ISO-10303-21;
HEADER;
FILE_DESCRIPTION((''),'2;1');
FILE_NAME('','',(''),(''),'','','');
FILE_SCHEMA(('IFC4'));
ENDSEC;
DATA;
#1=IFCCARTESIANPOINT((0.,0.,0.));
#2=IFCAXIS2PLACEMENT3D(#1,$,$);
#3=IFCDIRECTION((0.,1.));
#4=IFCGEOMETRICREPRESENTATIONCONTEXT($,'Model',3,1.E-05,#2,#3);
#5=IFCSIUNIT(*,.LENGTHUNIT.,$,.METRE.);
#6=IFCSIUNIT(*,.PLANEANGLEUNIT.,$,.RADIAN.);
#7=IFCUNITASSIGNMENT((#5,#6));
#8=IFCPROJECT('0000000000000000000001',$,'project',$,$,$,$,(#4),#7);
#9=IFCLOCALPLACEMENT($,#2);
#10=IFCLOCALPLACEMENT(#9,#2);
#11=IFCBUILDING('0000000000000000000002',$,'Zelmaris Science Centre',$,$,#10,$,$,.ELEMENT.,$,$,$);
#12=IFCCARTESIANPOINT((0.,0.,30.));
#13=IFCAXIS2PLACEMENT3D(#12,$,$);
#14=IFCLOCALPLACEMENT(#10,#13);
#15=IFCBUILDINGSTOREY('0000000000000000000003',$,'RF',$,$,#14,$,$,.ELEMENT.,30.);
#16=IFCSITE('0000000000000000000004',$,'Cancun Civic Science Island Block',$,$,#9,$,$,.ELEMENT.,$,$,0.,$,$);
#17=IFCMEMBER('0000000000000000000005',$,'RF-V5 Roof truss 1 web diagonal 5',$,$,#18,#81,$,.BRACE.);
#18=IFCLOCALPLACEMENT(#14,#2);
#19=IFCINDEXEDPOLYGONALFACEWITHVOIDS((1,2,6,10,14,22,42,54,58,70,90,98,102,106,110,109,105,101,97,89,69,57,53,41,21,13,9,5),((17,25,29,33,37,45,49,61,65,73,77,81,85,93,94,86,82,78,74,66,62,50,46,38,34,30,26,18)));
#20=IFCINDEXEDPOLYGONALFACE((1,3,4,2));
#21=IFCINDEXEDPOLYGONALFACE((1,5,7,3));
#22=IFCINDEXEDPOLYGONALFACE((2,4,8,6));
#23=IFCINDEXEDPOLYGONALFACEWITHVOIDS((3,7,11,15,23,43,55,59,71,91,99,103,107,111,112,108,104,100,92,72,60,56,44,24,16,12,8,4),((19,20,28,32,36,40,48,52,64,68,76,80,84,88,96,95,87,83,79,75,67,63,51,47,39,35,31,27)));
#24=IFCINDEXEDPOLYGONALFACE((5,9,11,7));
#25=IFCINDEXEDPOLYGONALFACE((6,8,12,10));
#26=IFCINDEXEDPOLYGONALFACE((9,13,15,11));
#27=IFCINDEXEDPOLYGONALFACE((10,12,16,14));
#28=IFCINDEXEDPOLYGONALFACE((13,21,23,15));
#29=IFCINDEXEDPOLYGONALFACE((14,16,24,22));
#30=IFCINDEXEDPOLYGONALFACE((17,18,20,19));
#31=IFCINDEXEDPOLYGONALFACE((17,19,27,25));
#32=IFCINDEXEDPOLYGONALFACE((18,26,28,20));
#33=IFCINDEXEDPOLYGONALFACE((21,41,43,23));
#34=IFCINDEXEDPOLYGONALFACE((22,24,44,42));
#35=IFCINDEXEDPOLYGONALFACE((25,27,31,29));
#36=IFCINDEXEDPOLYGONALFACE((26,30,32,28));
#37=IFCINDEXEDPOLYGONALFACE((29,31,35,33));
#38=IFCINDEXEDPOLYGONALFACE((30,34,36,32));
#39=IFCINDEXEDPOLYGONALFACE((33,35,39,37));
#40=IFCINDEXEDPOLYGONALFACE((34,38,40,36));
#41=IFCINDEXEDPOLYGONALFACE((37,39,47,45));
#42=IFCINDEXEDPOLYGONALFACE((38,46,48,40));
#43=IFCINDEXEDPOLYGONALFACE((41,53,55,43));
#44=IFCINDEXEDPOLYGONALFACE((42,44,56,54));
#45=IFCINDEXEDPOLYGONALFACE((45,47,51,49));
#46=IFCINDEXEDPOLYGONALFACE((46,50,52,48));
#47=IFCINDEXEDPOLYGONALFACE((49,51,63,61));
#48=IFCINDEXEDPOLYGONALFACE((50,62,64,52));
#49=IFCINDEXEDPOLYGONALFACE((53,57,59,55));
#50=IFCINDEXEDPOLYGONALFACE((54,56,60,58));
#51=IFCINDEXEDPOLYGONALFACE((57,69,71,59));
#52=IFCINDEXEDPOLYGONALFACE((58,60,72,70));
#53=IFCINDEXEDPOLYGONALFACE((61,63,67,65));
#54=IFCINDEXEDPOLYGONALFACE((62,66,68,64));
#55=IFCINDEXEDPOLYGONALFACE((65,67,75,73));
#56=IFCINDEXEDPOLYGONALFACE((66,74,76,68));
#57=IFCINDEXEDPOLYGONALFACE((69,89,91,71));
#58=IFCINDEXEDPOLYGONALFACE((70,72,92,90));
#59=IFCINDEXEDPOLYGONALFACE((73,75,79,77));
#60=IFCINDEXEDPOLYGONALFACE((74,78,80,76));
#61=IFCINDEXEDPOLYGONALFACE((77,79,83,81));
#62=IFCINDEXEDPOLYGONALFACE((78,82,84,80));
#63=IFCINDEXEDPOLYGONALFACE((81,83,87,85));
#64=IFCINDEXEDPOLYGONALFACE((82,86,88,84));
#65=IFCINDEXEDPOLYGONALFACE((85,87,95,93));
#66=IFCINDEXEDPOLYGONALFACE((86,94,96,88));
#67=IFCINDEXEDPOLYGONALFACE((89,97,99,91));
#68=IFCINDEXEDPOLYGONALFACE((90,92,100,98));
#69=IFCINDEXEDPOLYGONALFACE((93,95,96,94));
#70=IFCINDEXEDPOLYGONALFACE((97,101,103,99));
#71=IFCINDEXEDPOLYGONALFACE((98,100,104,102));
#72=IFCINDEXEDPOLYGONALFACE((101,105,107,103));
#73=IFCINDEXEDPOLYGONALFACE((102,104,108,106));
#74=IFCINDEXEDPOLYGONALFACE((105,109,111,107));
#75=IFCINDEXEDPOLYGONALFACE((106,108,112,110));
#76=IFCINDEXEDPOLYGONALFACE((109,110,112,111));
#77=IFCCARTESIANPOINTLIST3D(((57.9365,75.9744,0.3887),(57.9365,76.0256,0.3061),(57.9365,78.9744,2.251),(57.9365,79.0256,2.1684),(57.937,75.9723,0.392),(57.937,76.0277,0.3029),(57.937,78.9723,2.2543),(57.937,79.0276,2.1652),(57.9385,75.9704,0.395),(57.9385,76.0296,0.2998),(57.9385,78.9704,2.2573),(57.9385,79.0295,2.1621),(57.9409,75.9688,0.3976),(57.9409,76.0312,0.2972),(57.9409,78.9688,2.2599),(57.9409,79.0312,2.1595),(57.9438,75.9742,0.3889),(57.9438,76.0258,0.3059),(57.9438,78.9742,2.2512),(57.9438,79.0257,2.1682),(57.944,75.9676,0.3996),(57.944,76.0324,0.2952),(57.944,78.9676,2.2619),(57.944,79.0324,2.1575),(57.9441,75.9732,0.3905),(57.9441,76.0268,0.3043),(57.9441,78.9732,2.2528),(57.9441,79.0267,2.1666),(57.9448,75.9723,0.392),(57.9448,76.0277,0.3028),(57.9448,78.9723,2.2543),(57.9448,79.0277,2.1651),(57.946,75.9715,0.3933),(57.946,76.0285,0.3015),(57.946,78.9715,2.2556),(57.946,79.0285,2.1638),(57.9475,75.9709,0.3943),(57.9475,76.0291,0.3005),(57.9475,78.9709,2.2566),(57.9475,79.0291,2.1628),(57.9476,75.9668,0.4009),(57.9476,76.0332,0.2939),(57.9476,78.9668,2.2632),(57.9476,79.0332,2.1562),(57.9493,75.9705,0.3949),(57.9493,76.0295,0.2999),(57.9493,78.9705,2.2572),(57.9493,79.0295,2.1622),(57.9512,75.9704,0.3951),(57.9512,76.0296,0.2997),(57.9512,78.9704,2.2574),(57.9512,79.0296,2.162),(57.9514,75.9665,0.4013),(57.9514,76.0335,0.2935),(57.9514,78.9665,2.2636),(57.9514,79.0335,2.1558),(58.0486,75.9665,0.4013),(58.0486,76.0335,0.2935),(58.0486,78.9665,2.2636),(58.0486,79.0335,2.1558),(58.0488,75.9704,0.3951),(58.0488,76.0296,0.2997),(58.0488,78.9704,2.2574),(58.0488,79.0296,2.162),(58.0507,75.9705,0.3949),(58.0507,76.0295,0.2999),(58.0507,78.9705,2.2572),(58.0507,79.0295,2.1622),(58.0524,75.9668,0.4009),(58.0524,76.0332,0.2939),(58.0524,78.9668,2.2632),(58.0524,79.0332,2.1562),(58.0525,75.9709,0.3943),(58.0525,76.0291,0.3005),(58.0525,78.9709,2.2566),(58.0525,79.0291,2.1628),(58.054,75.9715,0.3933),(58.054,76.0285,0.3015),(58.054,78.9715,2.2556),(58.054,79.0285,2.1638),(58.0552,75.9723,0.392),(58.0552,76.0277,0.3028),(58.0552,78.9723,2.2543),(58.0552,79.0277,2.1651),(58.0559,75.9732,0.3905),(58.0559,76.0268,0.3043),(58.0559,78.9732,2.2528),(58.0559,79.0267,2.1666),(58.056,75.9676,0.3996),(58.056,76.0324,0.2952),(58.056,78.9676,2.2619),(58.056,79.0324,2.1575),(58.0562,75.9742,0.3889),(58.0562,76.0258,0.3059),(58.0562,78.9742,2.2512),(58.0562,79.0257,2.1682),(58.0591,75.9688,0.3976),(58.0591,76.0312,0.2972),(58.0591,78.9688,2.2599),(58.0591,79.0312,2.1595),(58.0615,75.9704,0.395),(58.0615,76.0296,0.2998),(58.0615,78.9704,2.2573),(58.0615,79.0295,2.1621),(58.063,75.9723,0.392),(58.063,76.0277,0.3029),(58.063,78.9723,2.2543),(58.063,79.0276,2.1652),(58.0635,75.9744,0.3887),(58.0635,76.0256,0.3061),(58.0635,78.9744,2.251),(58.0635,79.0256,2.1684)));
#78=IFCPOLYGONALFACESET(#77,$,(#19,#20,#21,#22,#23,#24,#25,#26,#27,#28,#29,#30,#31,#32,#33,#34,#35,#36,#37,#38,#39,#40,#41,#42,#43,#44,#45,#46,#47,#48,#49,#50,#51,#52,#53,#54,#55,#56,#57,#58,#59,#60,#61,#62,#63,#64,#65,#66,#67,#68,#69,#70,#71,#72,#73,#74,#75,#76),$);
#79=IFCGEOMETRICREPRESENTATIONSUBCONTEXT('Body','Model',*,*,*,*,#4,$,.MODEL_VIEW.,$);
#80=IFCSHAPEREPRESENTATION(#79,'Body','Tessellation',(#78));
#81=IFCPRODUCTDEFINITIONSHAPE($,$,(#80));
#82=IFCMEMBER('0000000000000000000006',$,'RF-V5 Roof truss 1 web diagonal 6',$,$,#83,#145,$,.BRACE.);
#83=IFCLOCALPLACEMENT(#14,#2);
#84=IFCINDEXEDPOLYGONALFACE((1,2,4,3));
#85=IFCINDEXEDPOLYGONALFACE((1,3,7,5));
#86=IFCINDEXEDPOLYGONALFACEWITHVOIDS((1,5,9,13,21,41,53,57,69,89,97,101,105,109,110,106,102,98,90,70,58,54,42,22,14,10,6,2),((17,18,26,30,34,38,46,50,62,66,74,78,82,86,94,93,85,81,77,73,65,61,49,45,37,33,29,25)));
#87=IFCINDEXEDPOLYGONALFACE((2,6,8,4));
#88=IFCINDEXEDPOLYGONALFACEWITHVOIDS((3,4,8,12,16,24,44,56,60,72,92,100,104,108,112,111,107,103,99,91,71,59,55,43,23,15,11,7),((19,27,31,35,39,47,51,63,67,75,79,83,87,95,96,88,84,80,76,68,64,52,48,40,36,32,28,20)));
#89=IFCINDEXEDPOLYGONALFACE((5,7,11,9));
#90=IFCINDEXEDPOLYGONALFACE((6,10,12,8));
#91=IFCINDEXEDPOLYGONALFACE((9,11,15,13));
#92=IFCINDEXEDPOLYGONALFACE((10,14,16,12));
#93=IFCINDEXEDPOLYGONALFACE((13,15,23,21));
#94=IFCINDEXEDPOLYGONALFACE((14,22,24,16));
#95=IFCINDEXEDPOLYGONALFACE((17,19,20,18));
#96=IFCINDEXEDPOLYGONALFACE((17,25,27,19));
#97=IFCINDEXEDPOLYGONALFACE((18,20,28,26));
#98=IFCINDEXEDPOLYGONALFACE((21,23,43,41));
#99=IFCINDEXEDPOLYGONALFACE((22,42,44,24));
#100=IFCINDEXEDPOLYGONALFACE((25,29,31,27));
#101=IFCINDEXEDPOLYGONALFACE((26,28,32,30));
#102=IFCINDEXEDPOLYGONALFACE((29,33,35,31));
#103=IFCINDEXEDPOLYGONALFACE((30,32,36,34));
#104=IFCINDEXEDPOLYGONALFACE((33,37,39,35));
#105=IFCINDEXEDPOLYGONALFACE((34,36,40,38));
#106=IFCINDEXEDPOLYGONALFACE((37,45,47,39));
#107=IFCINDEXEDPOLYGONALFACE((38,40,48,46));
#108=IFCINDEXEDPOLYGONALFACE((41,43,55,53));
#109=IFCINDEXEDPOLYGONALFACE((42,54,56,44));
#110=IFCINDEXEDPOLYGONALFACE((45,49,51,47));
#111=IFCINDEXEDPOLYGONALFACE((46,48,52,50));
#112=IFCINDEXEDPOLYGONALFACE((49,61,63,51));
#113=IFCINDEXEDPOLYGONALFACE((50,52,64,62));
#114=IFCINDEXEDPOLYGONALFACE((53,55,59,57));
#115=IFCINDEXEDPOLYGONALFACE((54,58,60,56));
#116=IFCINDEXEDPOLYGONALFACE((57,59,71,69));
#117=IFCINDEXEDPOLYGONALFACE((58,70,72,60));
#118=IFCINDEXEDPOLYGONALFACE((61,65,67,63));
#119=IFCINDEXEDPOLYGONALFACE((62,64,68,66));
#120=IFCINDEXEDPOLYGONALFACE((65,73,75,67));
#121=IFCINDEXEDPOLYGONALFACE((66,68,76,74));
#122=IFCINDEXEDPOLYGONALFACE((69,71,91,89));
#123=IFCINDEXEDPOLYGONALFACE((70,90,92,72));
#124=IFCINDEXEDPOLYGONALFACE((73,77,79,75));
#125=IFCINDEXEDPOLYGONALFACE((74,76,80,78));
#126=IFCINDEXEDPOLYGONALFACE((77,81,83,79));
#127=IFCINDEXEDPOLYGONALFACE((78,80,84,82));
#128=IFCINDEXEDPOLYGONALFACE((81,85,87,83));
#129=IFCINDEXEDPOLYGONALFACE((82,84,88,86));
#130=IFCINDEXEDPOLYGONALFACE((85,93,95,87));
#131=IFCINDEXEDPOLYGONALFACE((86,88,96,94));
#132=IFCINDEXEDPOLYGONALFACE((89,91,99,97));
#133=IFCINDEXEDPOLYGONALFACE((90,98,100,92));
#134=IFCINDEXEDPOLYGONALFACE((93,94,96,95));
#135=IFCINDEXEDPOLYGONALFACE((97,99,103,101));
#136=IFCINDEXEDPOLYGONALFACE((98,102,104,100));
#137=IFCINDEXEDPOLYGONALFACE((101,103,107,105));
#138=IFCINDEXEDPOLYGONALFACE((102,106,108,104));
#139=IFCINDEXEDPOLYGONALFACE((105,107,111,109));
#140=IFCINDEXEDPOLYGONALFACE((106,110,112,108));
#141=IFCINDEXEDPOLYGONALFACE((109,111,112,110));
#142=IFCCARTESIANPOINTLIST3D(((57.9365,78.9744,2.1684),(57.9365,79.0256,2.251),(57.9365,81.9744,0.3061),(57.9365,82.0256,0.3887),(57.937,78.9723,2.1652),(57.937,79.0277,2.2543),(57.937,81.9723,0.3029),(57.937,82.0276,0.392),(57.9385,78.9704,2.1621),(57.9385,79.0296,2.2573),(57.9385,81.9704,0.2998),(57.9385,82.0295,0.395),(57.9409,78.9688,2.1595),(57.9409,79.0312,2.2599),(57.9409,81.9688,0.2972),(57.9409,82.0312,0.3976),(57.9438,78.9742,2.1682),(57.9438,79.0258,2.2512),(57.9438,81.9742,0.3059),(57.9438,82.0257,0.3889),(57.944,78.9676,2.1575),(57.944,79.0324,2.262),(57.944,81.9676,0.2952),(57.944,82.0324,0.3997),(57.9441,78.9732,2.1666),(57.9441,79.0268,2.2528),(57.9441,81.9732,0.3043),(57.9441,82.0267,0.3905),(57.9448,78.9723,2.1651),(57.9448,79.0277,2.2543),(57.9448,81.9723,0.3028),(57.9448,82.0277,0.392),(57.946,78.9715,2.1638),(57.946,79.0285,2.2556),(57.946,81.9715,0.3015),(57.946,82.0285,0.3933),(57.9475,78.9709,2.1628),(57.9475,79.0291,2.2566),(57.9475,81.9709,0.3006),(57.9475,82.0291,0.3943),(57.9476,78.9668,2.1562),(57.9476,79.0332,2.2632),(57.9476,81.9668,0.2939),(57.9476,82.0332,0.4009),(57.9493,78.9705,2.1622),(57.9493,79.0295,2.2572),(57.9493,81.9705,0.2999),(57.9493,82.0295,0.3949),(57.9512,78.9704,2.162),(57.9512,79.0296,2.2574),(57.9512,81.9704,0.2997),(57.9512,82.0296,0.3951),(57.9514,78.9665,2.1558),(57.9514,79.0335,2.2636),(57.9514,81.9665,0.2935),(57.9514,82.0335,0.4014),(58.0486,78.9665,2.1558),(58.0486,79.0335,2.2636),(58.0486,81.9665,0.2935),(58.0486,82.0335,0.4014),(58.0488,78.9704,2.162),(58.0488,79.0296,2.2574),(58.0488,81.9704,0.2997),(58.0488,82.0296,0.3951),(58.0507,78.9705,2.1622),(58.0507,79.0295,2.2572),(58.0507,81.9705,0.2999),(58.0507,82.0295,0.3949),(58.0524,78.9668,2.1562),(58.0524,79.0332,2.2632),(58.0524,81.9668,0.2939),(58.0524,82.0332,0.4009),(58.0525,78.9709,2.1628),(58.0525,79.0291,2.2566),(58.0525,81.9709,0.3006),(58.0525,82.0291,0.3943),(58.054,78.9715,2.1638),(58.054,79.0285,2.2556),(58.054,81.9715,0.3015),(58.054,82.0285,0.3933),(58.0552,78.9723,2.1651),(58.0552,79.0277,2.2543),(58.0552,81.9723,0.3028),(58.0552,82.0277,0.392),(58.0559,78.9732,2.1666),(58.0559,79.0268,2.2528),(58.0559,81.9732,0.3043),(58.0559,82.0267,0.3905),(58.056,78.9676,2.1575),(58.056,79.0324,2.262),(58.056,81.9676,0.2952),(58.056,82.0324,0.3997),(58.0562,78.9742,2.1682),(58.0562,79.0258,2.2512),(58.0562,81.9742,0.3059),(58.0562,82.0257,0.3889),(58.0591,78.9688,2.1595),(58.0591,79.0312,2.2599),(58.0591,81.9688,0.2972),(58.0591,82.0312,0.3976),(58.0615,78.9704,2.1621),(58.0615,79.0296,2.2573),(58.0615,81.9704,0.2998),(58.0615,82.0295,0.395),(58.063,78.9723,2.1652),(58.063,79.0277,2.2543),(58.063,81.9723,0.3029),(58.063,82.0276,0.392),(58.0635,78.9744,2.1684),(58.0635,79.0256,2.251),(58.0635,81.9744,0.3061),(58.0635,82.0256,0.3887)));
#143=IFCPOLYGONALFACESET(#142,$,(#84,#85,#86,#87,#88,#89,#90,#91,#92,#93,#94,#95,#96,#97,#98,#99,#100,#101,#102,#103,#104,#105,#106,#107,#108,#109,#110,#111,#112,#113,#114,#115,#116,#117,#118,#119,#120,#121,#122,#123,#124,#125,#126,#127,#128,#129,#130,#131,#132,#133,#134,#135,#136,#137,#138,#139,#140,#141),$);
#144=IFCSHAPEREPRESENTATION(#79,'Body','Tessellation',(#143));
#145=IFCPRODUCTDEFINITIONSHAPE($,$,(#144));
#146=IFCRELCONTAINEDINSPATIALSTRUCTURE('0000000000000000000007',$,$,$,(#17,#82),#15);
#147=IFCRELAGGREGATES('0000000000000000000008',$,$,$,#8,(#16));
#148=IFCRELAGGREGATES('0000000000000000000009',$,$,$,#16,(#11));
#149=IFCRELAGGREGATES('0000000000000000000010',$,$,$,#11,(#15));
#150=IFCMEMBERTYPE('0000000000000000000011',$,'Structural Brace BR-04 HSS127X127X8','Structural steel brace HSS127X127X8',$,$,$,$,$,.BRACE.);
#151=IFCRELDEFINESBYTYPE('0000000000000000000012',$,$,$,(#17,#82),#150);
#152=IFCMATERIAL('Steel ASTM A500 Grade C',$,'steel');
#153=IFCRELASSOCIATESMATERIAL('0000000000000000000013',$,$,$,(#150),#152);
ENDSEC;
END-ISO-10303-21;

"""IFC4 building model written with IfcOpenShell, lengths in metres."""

from ifc_helpers import new_model, si_unit, direction, frame, origin, origin_2d, place, context, subcontext, project, spatial, hollow_rectangle, extrude, material, material_profile, profile_set, type_object, element, save


model = new_model("IFC4")

# Units and contexts
model_context = context("Model", 3, precision=1e-05, world=origin(), true_north=direction((0.0, 1.0)))
body_context = subcontext(model_context, "Body", "Model", "MODEL_VIEW")
ifc_project = project(units=[si_unit("LENGTHUNIT", "METRE"), si_unit("PLANEANGLEUNIT", "RADIAN")], contexts=[model_context])

# Site, building, storey
site_placement = place(None, origin())
site = spatial("IfcSite", under=ifc_project, at=site_placement, Name="Cancun Civic Science Island Block", CompositionType="ELEMENT", RefElevation=0.0)
building_placement = place(site_placement, origin())
building = spatial("IfcBuilding", under=site, at=building_placement, Name="Zelmaris Science Centre", CompositionType="ELEMENT")
storey_placement = place(building_placement, frame((0.0, 0.0, 30.0)))
storey = spatial("IfcBuildingStorey", under=building, at=storey_placement, Name="RF", CompositionType="ELEMENT", Elevation=30.0)

# Shared definitions
ifc_material = material(Name="Steel ASTM A500 Grade C", Category="steel")

# Members
ifc_material_profile_1 = material_profile(ifc_material, hollow_rectangle(XDim=0.127, YDim=0.127, WallThickness=0.0073, InnerFilletRadius=0.0073, OuterFilletRadius=0.0149, at=origin_2d()), Name="HSS127X127X8")
ifc_profile_set_1 = profile_set([ifc_material_profile_1], Name="Steel ASTM A500 Grade C")
member_type_1 = type_object("IfcMemberType", Name="Structural Brace BR-04 HSS127X127X8", Description="Structural steel brace HSS127X127X8", PredefinedType="BRACE", material=ifc_profile_set_1)
for number, where, z_axis, x_axis, name in (
    (1, (58.0, 76.0, 0.3474), (0.0, 0.84961, 0.527411), (-1.0, 0.0, 0.0), "RF-V5 Roof truss 1 web diagonal 5"),
    (2, (58.0, 79.0, 2.2097), (0.0, 0.84961, -0.527411), (-1.0, 0.0, 0.0), "RF-V5 Roof truss 1 web diagonal 6"),
):
    element("IfcMember", number, at=place(storey_placement, frame(where, z_axis=z_axis, x_axis=x_axis)), inside=storey, type_object=member_type_1, Name=name, PredefinedType="BRACE", context=body_context, shape_type="SweptSolid", body=[
        extrude(hollow_rectangle(XDim=0.127, YDim=0.127, WallThickness=0.0073, InnerFilletRadius=0.0073, OuterFilletRadius=0.0149, at=origin_2d()), origin(), (0.0, 0.0, 1.0), 3.531),
    ])

save(model, "model.ifc")
